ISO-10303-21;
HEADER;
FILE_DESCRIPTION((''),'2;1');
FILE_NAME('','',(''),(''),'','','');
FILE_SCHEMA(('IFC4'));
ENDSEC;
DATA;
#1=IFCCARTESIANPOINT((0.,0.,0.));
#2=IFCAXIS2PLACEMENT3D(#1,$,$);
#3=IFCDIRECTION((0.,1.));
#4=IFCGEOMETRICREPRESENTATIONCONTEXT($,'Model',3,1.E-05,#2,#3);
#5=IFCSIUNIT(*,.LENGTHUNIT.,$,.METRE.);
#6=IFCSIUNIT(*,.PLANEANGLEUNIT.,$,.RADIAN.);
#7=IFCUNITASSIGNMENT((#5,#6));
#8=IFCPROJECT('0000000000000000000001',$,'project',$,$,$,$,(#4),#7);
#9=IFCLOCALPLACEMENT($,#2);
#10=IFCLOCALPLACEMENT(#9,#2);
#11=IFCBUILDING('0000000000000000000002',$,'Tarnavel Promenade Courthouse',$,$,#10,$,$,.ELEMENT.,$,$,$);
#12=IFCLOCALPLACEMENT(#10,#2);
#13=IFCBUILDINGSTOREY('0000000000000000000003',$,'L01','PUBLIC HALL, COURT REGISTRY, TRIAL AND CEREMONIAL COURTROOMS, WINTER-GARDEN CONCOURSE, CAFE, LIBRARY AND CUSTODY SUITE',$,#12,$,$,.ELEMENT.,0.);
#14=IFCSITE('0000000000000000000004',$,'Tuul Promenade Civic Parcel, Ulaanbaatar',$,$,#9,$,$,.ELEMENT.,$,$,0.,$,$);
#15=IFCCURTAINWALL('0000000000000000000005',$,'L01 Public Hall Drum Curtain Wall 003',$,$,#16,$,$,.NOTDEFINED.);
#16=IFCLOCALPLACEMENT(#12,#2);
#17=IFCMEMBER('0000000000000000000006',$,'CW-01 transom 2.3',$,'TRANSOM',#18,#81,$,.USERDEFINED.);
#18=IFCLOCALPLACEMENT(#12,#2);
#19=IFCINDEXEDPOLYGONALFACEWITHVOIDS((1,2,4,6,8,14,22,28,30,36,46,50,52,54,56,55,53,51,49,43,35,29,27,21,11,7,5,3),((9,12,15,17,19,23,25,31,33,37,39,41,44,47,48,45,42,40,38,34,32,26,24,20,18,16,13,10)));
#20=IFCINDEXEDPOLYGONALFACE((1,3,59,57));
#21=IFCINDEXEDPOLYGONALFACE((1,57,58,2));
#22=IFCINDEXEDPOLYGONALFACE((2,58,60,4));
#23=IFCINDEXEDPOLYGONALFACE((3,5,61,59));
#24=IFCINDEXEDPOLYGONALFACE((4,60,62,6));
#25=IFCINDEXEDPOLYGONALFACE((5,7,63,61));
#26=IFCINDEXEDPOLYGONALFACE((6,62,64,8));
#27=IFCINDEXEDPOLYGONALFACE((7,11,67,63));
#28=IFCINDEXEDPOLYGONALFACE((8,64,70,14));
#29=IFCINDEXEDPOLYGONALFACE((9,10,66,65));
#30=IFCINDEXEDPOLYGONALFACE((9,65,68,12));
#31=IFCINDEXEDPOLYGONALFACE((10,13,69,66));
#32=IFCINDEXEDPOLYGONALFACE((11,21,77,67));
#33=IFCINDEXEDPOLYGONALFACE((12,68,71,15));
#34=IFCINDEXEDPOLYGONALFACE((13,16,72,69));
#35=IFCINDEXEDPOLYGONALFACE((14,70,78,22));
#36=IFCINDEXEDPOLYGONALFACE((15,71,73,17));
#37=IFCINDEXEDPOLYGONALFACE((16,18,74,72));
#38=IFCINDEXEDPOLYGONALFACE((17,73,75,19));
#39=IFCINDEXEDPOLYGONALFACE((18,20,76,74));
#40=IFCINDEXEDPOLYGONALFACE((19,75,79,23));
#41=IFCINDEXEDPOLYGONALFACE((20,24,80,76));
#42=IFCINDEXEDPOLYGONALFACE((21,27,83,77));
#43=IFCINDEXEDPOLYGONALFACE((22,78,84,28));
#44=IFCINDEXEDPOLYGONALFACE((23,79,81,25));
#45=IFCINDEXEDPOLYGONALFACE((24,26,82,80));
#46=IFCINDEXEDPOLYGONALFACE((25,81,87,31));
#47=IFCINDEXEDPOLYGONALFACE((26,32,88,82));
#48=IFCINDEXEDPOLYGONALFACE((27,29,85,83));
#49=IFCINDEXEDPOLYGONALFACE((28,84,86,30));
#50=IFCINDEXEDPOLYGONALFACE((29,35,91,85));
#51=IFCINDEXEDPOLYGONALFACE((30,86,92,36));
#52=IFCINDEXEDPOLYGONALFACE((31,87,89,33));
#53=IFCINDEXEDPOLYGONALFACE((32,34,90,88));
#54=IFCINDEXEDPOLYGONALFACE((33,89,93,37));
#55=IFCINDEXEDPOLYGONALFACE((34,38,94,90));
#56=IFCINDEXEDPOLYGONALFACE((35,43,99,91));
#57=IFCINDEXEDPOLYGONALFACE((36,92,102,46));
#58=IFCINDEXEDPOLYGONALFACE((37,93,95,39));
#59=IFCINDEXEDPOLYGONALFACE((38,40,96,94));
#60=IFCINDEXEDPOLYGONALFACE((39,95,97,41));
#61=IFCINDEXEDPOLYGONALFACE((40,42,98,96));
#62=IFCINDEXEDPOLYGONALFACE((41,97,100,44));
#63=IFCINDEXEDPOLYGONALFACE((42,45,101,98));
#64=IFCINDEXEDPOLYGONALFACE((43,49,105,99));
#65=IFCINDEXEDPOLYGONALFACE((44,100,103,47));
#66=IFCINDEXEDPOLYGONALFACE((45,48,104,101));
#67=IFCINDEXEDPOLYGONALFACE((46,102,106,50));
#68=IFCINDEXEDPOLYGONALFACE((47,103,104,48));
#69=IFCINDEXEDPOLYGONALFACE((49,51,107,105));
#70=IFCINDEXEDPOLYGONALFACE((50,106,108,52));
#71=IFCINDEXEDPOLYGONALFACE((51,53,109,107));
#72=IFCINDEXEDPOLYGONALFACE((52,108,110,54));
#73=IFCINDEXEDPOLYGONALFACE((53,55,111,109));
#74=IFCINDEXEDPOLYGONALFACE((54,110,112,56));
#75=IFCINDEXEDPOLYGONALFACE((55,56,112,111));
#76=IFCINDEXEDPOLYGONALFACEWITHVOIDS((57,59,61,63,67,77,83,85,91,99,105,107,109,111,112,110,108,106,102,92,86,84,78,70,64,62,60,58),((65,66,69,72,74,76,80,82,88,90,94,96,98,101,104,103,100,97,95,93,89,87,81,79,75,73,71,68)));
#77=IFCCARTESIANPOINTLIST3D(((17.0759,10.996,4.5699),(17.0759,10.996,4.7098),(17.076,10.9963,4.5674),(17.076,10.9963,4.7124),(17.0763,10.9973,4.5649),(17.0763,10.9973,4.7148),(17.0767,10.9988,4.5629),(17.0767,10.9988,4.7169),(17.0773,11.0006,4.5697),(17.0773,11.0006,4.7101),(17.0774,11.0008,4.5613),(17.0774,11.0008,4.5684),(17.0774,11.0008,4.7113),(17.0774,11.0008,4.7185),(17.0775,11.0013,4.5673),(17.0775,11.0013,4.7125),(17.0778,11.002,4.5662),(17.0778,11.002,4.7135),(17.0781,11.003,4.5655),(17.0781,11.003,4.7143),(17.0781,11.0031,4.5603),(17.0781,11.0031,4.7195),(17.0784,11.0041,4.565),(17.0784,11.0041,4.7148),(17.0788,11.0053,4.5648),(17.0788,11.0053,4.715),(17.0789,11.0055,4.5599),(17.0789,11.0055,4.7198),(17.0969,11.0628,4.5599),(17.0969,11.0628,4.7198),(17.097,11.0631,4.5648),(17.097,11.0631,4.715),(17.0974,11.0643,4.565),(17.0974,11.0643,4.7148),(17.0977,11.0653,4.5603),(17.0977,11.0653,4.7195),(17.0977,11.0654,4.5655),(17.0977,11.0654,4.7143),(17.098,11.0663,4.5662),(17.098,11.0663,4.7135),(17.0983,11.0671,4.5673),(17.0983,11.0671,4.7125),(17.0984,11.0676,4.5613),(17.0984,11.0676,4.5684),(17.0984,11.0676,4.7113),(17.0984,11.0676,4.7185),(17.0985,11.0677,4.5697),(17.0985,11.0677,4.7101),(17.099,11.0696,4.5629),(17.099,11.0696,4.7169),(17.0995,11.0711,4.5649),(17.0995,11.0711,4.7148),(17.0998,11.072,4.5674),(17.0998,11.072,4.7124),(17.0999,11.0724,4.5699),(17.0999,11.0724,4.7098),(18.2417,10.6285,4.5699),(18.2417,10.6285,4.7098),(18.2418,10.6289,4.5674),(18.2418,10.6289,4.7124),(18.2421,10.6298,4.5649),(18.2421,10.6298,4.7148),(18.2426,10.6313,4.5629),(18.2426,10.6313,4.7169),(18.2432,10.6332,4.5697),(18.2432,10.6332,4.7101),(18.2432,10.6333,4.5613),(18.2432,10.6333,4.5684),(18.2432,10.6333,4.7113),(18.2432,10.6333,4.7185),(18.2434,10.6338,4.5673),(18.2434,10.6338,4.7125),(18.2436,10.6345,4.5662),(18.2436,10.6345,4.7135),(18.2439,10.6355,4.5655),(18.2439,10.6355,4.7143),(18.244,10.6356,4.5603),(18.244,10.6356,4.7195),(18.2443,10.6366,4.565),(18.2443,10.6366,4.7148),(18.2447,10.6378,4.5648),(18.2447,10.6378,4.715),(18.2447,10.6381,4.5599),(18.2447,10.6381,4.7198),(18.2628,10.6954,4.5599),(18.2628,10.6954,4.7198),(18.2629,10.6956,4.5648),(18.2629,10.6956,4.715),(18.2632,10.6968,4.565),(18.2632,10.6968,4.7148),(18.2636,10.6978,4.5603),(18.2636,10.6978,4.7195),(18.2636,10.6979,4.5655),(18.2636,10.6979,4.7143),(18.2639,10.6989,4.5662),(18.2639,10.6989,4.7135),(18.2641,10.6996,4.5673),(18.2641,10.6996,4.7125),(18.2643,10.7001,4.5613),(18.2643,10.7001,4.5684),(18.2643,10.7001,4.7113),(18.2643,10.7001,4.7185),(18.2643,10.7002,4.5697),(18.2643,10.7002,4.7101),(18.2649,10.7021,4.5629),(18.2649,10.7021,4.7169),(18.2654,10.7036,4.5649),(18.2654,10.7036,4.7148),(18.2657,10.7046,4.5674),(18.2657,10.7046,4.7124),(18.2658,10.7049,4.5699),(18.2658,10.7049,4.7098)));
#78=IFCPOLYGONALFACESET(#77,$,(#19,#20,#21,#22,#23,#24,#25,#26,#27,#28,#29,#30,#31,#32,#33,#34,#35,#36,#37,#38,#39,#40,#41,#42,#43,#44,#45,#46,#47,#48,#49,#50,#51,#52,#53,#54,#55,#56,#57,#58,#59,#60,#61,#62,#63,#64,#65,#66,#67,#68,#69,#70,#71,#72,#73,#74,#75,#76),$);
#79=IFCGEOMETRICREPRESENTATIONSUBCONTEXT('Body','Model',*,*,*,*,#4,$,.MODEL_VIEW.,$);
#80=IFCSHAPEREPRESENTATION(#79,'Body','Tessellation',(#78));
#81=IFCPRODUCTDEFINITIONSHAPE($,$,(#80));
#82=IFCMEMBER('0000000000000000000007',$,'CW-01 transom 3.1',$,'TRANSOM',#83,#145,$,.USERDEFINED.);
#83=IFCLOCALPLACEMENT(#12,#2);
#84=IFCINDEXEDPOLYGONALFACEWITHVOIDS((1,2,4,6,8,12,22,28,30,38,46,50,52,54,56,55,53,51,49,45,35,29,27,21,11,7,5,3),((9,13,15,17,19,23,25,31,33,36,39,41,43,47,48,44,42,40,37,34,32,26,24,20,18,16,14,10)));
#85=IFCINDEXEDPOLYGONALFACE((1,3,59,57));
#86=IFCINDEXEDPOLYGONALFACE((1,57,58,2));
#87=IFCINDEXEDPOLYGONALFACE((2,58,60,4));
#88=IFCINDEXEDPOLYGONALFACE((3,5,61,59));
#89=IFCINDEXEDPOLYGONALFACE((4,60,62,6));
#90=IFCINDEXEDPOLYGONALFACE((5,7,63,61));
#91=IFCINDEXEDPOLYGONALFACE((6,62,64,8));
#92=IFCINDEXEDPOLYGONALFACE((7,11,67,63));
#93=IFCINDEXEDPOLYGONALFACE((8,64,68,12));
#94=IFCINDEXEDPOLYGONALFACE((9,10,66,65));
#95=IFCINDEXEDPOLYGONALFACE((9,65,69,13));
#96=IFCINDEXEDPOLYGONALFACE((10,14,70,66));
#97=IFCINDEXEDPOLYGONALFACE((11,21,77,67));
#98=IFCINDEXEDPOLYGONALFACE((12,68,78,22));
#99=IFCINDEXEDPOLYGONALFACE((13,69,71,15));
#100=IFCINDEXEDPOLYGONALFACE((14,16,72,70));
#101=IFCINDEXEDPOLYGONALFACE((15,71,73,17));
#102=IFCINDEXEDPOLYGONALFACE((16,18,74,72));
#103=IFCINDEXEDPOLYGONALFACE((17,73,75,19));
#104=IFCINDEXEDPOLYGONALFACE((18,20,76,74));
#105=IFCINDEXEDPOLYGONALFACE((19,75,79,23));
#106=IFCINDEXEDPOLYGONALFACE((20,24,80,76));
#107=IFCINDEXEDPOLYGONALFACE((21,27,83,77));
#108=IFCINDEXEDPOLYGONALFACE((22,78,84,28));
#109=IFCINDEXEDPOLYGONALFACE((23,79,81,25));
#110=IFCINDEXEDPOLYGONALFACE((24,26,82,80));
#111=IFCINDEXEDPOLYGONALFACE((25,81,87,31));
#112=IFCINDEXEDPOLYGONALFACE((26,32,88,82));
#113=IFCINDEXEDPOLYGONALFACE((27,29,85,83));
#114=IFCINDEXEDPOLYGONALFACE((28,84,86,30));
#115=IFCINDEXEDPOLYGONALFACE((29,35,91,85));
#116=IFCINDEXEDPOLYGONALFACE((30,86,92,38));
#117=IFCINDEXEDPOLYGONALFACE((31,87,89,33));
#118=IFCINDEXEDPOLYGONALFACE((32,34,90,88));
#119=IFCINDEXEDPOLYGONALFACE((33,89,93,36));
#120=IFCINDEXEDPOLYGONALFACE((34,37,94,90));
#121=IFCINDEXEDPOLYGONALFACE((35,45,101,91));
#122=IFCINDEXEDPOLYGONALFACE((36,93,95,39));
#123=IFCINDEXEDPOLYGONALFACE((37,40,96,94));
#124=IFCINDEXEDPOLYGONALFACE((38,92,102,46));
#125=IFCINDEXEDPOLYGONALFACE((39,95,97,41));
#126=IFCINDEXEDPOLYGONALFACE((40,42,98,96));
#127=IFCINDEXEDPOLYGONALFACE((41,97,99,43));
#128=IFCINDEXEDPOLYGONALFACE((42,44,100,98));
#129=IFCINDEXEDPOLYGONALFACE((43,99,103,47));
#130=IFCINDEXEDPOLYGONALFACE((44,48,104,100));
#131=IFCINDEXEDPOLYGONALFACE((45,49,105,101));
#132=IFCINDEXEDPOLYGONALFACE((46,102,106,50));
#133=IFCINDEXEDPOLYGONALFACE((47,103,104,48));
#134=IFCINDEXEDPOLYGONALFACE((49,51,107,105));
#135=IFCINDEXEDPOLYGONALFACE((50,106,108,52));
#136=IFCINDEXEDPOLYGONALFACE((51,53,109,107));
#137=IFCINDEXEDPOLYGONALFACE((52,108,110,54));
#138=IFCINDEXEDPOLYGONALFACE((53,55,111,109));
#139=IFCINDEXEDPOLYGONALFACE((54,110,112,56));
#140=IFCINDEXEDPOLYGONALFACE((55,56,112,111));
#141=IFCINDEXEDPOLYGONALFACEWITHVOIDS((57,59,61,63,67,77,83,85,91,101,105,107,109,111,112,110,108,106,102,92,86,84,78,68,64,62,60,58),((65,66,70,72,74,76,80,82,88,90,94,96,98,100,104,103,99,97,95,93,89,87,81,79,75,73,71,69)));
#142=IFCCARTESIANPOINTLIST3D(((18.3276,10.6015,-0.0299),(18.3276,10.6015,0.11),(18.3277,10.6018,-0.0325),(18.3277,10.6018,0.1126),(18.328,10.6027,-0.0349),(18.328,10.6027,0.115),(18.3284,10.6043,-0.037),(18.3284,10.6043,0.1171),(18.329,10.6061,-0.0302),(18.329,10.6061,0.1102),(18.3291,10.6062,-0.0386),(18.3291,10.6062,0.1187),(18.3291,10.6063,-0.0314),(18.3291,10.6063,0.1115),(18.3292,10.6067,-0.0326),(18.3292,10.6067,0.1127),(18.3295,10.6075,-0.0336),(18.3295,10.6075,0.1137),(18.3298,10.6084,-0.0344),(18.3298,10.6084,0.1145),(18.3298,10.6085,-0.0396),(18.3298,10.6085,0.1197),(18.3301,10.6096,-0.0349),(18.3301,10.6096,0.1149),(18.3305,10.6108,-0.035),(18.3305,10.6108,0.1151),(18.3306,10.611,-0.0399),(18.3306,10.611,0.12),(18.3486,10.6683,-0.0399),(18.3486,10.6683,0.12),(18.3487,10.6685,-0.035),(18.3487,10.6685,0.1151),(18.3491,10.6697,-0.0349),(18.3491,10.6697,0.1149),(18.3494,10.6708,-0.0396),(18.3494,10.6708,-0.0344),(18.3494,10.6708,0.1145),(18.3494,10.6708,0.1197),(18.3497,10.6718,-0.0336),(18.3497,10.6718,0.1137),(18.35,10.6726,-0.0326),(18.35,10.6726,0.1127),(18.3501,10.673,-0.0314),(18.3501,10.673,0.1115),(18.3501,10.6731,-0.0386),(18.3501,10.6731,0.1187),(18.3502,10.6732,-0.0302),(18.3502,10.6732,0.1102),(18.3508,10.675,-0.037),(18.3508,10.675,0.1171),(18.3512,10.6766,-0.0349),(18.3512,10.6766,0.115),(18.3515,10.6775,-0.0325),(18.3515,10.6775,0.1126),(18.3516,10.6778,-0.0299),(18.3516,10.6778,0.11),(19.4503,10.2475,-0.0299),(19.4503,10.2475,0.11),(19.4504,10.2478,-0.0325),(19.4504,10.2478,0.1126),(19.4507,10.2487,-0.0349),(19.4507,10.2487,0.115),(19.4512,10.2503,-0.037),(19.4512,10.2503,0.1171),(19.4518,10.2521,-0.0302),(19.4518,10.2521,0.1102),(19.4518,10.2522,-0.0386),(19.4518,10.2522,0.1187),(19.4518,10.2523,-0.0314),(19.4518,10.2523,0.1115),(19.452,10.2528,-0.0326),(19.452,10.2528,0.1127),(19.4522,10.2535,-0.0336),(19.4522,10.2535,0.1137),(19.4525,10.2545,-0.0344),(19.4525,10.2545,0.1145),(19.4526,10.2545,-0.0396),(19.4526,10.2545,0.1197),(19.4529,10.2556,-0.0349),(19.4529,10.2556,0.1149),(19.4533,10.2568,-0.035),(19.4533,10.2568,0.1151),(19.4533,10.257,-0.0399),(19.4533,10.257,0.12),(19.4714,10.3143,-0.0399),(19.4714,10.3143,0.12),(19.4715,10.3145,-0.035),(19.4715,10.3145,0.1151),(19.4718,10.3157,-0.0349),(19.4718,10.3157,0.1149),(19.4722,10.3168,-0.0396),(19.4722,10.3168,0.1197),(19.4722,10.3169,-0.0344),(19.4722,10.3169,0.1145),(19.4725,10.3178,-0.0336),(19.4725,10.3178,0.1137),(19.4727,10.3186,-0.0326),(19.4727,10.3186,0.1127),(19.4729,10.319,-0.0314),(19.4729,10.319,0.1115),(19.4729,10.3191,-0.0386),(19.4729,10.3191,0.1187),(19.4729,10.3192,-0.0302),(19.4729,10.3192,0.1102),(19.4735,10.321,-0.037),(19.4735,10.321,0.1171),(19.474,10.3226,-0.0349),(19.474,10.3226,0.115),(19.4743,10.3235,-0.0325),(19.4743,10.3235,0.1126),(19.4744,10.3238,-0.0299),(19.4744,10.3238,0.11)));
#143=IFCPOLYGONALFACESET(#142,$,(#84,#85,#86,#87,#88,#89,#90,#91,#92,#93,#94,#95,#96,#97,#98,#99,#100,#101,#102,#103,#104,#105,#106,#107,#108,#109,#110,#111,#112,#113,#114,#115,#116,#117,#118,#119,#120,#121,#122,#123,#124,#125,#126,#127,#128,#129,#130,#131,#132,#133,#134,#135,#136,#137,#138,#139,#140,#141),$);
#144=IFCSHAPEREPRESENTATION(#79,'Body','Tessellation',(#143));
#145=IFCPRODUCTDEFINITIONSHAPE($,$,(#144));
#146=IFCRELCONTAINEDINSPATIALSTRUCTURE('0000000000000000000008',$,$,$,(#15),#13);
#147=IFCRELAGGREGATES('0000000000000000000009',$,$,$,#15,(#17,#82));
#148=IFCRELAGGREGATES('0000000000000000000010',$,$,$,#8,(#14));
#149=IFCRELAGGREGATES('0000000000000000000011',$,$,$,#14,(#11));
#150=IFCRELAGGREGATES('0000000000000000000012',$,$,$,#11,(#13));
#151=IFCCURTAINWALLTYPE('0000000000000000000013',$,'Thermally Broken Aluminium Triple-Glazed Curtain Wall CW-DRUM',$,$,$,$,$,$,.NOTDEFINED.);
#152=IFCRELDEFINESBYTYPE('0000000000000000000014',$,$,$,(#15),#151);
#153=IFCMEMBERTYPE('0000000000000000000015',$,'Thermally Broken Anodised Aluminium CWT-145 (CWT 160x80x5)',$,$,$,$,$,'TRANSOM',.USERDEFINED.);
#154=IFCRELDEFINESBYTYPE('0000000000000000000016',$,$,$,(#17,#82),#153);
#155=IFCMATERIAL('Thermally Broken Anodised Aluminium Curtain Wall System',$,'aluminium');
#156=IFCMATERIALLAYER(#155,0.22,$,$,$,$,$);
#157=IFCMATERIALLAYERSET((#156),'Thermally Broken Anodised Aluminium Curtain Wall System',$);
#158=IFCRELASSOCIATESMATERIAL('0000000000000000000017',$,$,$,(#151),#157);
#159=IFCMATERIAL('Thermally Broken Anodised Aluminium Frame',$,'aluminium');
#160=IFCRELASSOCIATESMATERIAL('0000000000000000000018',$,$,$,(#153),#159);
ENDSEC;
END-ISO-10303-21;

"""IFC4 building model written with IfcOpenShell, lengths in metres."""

from ifc_helpers import new_model, si_unit, direction, frame, origin, origin_2d, place, context, subcontext, project, spatial, hollow_rectangle, extrude, material, layer, layer_set, material_profile, profile_set, type_object, element, aggregate, save


model = new_model("IFC4")

# Units and contexts
model_context = context("Model", 3, precision=1e-05, world=origin(), true_north=direction((0.0, 1.0)))
body_context = subcontext(model_context, "Body", "Model", "MODEL_VIEW")
ifc_project = project(units=[si_unit("LENGTHUNIT", "METRE"), si_unit("PLANEANGLEUNIT", "RADIAN")], contexts=[model_context])

# Site, building, storey
site_placement = place(None, origin())
site = spatial("IfcSite", under=ifc_project, at=site_placement, Name="Tuul Promenade Civic Parcel, Ulaanbaatar", CompositionType="ELEMENT", RefElevation=0.0)
building_placement = place(site_placement, origin())
building = spatial("IfcBuilding", under=site, at=building_placement, Name="Tarnavel Promenade Courthouse", CompositionType="ELEMENT")
storey_placement = place(building_placement, origin())
storey = spatial("IfcBuildingStorey", under=building, at=storey_placement, Name="L01", Description="PUBLIC HALL, COURT REGISTRY, TRIAL AND CEREMONIAL COURTROOMS, WINTER-GARDEN CONCOURSE, CAFE, LIBRARY AND CUSTODY SUITE", CompositionType="ELEMENT", Elevation=0.0)

# Curtain wall
ifc_material_1 = material(Name="Thermally Broken Anodised Aluminium Curtain Wall System", Category="aluminium")
ifc_layer_1 = layer(ifc_material_1, 0.22)
ifc_layer_set_1 = layer_set([ifc_layer_1], Name="Thermally Broken Anodised Aluminium Curtain Wall System")
curtain_wall_type = type_object("IfcCurtainWallType", Name="Thermally Broken Aluminium Triple-Glazed Curtain Wall CW-DRUM", PredefinedType="NOTDEFINED", material=ifc_layer_set_1)
ifc_material_2 = material(Name="Thermally Broken Anodised Aluminium Frame", Category="aluminium")
curtain_wall_1_placement = place(storey_placement, origin())
curtain_wall_1 = element("IfcCurtainWall", 1, at=curtain_wall_1_placement, inside=storey, type_object=curtain_wall_type, Name="L01 Public Hall Drum Curtain Wall 003", PredefinedType="NOTDEFINED")

# Members
ifc_material_profile_1 = material_profile(ifc_material_2, hollow_rectangle(XDim=0.0801, YDim=0.1599, WallThickness=0.0049, InnerFilletRadius=0.0049, OuterFilletRadius=0.01, at=origin_2d()), Name="CWT 160x80x5")
ifc_profile_set_1 = profile_set([ifc_material_profile_1], Name="Thermally Broken Anodised Aluminium Frame")
member_type_1 = type_object("IfcMemberType", Name="Thermally Broken Anodised Aluminium CWT-145 (CWT 160x80x5)", ElementType="TRANSOM", PredefinedType="USERDEFINED", material=ifc_profile_set_1)
member_1_placement = place(storey_placement, frame((17.0879, 11.0342, 4.6399), z_axis=(0.953749, -0.300606, 0.0), x_axis=(0.300606, 0.953749, 0.0)))
member_1 = element("IfcMember", 2, at=member_1_placement, type_object=member_type_1, Name="CW-01 transom 2.3", ObjectType="TRANSOM", PredefinedType="USERDEFINED", context=body_context, shape_type="SweptSolid", body=[
    extrude(hollow_rectangle(XDim=0.0801, YDim=0.1599, WallThickness=0.0049, InnerFilletRadius=0.0049, OuterFilletRadius=0.01, at=origin_2d()), origin(), (0.0, 0.0, 1.0), 1.2224),
])
member_2_placement = place(storey_placement, frame((18.3396, 10.6396, 0.04), z_axis=(0.95372, -0.300695, 0.0), x_axis=(0.300695, 0.95372, 0.0)))
member_2 = element("IfcMember", 3, at=member_2_placement, type_object=member_type_1, Name="CW-01 transom 3.1", ObjectType="TRANSOM", PredefinedType="USERDEFINED", context=body_context, shape_type="SweptSolid", body=[
    extrude(hollow_rectangle(XDim=0.0801, YDim=0.1599, WallThickness=0.0049, InnerFilletRadius=0.0049, OuterFilletRadius=0.01, at=origin_2d()), origin(), (0.0, 0.0, 1.0), 1.1772),
])

aggregate(curtain_wall_1, [member_1, member_2])

save(model, "model.ifc")
